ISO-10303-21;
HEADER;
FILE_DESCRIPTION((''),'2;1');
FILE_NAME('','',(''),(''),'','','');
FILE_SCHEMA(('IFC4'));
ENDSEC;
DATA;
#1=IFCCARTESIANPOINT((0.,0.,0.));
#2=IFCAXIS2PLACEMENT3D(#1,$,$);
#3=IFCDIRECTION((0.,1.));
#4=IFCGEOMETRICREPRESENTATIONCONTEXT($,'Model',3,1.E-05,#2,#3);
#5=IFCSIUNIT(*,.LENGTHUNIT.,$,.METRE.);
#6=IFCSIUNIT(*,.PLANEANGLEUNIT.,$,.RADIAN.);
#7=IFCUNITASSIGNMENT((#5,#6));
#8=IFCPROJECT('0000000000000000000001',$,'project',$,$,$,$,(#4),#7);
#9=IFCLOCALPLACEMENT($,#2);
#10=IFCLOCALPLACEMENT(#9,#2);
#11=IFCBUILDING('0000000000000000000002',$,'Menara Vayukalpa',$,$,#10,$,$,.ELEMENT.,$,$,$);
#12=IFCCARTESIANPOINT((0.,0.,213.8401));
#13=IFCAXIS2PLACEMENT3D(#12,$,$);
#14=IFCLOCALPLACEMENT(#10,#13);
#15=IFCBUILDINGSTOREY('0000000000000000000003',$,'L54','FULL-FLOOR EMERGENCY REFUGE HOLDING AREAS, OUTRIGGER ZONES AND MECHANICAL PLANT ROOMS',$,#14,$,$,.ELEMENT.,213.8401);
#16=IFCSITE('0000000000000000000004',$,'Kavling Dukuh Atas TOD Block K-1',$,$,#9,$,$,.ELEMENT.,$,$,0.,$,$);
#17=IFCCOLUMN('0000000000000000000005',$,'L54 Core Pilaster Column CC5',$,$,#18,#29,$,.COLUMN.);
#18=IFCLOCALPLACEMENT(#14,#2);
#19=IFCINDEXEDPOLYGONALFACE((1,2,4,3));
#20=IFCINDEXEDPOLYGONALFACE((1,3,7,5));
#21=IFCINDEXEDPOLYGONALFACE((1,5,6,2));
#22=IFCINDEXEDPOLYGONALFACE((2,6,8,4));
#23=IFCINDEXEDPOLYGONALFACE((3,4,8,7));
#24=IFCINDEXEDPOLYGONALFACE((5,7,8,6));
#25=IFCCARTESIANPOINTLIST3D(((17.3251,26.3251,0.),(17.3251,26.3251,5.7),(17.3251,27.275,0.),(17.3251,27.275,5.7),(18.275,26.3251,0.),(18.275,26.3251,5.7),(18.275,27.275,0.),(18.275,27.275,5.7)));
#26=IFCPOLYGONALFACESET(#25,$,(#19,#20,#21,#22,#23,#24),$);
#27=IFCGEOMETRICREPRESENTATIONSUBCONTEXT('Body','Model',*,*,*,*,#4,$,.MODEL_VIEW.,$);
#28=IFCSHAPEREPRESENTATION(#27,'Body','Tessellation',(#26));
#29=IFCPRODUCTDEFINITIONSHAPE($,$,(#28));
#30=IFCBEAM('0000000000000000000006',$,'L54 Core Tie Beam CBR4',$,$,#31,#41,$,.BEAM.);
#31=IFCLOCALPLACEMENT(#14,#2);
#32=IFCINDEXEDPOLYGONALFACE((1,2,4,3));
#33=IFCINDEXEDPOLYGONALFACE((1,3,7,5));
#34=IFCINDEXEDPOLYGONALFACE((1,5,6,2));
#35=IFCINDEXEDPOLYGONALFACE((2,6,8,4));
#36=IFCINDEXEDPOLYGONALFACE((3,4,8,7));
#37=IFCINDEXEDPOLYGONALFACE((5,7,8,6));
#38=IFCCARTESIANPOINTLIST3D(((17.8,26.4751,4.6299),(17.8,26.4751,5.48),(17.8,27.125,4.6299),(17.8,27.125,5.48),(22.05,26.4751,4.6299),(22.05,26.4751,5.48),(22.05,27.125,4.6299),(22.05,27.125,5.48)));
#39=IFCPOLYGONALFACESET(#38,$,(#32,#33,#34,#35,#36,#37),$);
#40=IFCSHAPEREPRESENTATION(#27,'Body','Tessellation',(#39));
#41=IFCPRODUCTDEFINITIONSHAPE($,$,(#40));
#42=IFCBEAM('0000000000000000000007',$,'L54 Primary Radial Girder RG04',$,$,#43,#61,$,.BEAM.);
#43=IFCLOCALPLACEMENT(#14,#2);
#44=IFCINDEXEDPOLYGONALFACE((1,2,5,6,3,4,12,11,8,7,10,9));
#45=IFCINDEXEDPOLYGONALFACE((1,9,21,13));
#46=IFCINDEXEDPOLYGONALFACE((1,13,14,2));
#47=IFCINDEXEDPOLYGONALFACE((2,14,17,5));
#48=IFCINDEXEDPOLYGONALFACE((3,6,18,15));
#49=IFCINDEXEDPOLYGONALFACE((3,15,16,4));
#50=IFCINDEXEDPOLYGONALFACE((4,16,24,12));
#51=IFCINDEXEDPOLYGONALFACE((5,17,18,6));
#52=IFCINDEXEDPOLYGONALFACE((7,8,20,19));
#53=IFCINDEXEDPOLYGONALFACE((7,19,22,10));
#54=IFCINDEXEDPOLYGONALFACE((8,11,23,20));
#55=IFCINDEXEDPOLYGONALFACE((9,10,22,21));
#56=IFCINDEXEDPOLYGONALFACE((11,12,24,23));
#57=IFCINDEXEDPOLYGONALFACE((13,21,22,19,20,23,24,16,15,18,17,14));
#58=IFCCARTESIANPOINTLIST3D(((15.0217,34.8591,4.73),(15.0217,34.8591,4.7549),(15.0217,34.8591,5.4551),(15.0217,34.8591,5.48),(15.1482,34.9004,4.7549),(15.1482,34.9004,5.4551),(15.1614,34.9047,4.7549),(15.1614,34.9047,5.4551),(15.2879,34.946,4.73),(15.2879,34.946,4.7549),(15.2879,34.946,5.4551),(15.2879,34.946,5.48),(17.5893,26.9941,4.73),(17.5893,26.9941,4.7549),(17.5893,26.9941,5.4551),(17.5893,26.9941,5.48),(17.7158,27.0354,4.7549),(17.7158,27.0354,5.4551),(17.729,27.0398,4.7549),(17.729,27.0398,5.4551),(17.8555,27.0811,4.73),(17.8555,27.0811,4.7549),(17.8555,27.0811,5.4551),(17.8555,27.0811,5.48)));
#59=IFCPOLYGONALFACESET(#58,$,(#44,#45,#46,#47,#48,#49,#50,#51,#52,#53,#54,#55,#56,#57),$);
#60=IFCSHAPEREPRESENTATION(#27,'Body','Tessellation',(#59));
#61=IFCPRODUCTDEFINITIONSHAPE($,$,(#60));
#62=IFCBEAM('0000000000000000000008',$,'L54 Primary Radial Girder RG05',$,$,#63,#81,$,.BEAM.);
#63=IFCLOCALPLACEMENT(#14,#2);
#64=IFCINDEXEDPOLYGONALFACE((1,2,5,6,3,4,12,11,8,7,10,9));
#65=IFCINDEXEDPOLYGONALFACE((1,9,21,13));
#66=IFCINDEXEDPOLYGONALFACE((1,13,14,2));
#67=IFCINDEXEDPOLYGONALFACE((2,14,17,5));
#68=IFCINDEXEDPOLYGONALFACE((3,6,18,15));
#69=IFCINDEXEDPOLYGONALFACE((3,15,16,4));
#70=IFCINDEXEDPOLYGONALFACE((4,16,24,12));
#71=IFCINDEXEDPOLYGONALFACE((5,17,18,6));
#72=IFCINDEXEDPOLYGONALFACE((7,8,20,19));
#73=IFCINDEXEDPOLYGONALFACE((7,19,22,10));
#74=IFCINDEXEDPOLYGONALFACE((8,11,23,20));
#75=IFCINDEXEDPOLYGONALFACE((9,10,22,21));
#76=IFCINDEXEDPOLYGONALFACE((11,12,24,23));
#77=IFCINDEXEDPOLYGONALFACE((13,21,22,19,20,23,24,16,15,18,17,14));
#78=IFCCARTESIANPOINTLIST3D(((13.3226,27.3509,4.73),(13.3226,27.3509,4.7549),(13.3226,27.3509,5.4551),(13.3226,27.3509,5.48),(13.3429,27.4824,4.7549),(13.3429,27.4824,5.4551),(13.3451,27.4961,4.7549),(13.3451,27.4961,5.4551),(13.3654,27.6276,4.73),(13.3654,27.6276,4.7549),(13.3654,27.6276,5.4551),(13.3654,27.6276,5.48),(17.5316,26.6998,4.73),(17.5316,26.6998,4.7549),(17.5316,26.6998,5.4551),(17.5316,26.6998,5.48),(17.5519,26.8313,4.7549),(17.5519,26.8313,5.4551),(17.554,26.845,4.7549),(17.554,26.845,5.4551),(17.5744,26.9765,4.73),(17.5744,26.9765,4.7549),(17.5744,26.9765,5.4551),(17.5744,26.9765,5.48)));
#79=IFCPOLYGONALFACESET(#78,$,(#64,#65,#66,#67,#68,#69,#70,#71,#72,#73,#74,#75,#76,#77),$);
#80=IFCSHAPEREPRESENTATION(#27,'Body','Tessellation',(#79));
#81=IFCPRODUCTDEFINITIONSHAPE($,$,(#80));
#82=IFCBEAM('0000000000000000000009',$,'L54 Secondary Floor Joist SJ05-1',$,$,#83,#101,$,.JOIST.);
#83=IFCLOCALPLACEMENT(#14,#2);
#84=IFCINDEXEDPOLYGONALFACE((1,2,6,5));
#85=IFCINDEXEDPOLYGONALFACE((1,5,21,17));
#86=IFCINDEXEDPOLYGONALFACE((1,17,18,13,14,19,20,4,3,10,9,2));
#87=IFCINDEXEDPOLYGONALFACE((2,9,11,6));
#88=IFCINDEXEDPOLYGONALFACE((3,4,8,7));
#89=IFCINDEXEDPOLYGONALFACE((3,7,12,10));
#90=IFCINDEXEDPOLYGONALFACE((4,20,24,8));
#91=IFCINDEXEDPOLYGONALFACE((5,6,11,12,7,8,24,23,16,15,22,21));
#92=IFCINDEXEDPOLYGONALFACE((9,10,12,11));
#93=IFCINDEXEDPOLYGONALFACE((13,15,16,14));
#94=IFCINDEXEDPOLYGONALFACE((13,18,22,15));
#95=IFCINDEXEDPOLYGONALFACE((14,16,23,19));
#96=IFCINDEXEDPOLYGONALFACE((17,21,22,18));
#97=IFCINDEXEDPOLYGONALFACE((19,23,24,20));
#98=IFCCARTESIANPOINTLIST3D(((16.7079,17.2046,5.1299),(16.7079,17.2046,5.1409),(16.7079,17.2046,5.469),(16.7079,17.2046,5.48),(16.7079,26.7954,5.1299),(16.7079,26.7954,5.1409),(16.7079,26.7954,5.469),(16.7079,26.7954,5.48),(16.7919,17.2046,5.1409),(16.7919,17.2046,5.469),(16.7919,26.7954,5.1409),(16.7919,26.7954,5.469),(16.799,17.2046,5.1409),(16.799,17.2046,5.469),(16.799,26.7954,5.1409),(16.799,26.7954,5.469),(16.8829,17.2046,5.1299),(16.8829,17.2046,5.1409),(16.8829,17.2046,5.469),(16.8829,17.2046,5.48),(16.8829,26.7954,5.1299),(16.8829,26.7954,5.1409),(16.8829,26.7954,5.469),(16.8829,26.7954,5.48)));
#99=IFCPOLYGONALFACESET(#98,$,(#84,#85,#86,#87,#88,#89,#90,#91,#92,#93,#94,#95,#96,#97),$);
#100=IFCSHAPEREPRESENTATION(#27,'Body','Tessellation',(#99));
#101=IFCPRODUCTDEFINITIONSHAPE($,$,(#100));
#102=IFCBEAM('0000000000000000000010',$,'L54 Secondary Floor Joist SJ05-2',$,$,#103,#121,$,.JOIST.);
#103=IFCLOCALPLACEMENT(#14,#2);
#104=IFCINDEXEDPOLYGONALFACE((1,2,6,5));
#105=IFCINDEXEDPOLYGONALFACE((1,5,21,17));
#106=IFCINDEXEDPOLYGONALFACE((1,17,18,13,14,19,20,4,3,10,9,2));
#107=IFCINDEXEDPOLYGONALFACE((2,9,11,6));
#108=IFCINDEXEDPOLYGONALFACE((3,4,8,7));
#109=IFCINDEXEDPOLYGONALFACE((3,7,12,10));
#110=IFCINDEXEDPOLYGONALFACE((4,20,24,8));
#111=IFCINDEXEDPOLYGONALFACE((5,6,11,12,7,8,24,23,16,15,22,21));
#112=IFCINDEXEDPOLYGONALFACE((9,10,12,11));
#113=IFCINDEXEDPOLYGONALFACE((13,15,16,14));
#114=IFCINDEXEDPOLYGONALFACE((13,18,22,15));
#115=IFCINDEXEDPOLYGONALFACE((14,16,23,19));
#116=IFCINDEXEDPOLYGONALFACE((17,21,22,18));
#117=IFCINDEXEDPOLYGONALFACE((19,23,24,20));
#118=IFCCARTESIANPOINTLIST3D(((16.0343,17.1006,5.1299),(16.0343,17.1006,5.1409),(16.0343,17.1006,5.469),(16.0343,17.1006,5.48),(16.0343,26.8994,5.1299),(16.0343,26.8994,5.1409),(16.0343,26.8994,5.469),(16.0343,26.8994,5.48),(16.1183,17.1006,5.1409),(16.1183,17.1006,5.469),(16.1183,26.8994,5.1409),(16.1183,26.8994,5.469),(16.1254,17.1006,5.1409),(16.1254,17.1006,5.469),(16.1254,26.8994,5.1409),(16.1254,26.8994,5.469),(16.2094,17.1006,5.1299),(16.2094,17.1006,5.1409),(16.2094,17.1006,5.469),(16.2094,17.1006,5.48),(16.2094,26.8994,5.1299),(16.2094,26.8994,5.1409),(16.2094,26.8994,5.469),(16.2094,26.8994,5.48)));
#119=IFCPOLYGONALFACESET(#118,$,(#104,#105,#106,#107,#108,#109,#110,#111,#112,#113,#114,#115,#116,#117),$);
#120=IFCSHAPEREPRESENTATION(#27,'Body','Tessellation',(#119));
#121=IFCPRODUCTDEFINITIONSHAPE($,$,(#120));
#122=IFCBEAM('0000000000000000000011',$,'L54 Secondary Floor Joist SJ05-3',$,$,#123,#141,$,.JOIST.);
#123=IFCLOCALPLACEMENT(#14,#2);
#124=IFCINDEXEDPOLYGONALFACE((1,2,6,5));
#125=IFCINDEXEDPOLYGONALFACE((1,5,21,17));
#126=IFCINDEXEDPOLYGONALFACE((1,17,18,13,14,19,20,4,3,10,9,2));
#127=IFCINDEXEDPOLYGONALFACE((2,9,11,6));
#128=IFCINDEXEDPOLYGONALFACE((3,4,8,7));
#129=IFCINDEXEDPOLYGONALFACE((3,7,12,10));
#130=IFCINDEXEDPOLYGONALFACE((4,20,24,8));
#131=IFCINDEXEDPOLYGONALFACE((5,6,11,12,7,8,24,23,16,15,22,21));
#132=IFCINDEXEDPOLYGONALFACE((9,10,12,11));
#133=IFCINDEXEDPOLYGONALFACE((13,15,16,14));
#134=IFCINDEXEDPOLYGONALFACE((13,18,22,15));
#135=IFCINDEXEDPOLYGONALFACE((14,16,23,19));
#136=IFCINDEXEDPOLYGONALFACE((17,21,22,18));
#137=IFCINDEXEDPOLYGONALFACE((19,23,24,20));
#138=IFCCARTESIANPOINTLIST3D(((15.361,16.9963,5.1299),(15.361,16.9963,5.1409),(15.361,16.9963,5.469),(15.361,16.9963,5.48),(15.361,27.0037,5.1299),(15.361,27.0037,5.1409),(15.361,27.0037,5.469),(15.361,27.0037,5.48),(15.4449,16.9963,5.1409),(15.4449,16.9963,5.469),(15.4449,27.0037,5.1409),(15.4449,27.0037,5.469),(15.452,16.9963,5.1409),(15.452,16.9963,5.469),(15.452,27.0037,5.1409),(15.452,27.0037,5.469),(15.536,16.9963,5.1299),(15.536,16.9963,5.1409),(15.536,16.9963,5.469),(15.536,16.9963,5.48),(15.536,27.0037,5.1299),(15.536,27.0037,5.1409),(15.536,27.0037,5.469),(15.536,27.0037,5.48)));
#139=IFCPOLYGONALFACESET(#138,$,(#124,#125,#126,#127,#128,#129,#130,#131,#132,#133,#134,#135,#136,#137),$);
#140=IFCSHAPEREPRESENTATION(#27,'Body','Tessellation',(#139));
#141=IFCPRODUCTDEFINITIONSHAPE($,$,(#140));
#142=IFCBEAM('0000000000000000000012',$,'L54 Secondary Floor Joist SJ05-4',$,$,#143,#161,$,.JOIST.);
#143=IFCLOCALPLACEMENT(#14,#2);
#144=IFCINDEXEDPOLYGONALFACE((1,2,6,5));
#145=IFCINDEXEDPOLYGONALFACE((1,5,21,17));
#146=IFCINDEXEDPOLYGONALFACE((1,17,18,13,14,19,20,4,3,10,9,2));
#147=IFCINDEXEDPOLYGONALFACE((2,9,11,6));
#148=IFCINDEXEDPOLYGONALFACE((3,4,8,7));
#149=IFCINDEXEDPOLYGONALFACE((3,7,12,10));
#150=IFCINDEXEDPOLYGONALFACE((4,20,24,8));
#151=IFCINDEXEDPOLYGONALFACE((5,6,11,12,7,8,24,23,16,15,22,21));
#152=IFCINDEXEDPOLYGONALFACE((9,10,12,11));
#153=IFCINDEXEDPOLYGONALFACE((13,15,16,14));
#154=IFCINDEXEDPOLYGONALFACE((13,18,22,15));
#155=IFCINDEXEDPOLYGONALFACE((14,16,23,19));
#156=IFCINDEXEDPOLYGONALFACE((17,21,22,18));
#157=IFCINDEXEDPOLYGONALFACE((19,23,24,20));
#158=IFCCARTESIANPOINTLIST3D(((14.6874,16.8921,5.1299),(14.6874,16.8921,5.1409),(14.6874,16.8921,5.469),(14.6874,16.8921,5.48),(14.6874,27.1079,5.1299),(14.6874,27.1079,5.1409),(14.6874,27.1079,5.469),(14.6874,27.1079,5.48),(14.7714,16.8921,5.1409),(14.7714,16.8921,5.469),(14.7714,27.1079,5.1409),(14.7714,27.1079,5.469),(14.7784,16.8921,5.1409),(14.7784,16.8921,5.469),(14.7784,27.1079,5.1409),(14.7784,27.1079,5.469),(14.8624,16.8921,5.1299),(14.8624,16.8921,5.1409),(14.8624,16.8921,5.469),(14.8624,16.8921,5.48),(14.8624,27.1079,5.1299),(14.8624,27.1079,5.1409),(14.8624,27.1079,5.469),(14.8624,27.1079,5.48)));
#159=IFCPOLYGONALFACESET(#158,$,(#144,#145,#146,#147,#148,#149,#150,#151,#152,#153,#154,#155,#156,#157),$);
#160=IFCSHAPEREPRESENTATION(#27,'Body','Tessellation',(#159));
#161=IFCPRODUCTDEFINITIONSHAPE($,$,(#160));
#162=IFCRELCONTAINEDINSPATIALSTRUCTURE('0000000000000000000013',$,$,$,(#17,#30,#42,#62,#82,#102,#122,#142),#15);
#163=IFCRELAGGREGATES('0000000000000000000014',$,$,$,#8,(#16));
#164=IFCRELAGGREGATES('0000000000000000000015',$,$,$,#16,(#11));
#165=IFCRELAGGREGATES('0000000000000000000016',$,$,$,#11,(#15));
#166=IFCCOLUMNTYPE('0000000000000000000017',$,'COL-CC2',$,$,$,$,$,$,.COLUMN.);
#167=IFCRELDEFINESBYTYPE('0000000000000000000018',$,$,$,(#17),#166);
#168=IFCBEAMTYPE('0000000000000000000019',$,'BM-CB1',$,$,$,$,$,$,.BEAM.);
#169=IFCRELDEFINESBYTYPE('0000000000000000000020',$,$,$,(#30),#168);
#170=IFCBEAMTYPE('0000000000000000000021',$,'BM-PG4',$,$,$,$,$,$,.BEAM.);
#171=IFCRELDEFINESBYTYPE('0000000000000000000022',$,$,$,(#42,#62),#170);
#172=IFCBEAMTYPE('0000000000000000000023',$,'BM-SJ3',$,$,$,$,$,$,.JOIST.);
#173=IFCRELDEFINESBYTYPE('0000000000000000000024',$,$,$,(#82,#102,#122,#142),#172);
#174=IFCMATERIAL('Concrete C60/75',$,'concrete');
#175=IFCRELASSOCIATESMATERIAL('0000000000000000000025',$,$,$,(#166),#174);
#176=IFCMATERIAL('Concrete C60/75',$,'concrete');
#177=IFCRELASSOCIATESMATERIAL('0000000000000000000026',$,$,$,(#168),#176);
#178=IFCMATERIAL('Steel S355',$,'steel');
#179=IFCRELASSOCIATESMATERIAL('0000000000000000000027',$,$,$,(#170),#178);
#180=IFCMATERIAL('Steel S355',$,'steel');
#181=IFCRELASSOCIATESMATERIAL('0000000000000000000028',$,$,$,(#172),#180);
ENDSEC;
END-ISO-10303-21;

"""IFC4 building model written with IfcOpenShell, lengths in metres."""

from ifc_helpers import new_model, si_unit, direction, frame, origin, origin_2d, place, context, subcontext, project, spatial, rectangle, i_section, extrude, material, material_profile, profile_set, type_object, element, save


model = new_model("IFC4")

# Units and contexts
model_context = context("Model", 3, precision=1e-05, world=origin(), true_north=direction((0.0, 1.0)))
body_context = subcontext(model_context, "Body", "Model", "MODEL_VIEW")
ifc_project = project(units=[si_unit("LENGTHUNIT", "METRE"), si_unit("PLANEANGLEUNIT", "RADIAN")], contexts=[model_context])

# Site, building, storey
site_placement = place(None, origin())
site = spatial("IfcSite", under=ifc_project, at=site_placement, Name="Kavling Dukuh Atas TOD Block K-1", CompositionType="ELEMENT", RefElevation=0.0)
building_placement = place(site_placement, origin())
building = spatial("IfcBuilding", under=site, at=building_placement, Name="Menara Vayukalpa", CompositionType="ELEMENT")
storey_placement = place(building_placement, frame((0.0, 0.0, 213.8401)))
storey = spatial("IfcBuildingStorey", under=building, at=storey_placement, Name="L54", Description="FULL-FLOOR EMERGENCY REFUGE HOLDING AREAS, OUTRIGGER ZONES AND MECHANICAL PLANT ROOMS", CompositionType="ELEMENT", Elevation=213.8401)

# Column
ifc_material_1 = material(Name="Concrete C60/75", Category="concrete")
ifc_material_profile_1 = material_profile(ifc_material_1, rectangle(XDim=0.95, YDim=0.95, at=origin_2d()), Name="RC 950x950")
ifc_profile_set_1 = profile_set([ifc_material_profile_1], Name="Concrete C60/75")
column_type = type_object("IfcColumnType", Name="COL-CC2", PredefinedType="COLUMN", material=ifc_profile_set_1)
column_placement = place(storey_placement, frame((17.8, 26.8, 0.0), z_axis=(0.0, 0.0, 1.0), x_axis=(1.0, 0.0, 0.0)))
element("IfcColumn", 1, at=column_placement, inside=storey, type_object=column_type, Name="L54 Core Pilaster Column CC5", PredefinedType="COLUMN", context=body_context, shape_type="SweptSolid", body=[
    extrude(rectangle(XDim=0.95, YDim=0.95, at=origin_2d()), origin(), (0.0, 0.0, 1.0), 5.7),
])

# Beams
ifc_material_2 = material(Name="Concrete C60/75", Category="concrete")
ifc_material_profile_2 = material_profile(ifc_material_2, rectangle(XDim=0.6499, YDim=0.8501, at=origin_2d()), Name="RC 650x850")
ifc_profile_set_2 = profile_set([ifc_material_profile_2], Name="Concrete C60/75")
beam_type_1 = type_object("IfcBeamType", Name="BM-CB1", PredefinedType="BEAM", material=ifc_profile_set_2)
beam_1_placement = place(storey_placement, frame((17.8, 26.8, 5.0549), z_axis=(1.0, 0.0, 0.0), x_axis=(0.0, 1.0, 0.0)))
element("IfcBeam", 2, at=beam_1_placement, inside=storey, type_object=beam_type_1, Name="L54 Core Tie Beam CBR4", PredefinedType="BEAM", context=body_context, shape_type="SweptSolid", body=[
    extrude(rectangle(XDim=0.6499, YDim=0.8501, at=origin_2d()), origin(), (0.0, 0.0, 1.0), 4.25),
])
ifc_material_3 = material(Name="Steel S355", Category="steel")
ifc_material_profile_3 = material_profile(ifc_material_3, i_section(OverallWidth=0.28, OverallDepth=0.75, WebThickness=0.0139, FlangeThickness=0.0249, at=origin_2d()), Name="WF 750x280x14x25")
ifc_profile_set_3 = profile_set([ifc_material_profile_3], Name="Steel S355")
beam_type_2 = type_object("IfcBeamType", Name="BM-PG4", PredefinedType="BEAM", material=ifc_profile_set_3)
beam_2_placement = place(storey_placement, frame((17.7224, 27.0376, 5.105), z_axis=(-0.310344, 0.950624, 0.0), x_axis=(-0.950624, -0.310344, 0.0)))
element("IfcBeam", 3, at=beam_2_placement, inside=storey, type_object=beam_type_2, Name="L54 Primary Radial Girder RG04", PredefinedType="BEAM", context=body_context, shape_type="SweptSolid", body=[
    extrude(i_section(OverallWidth=0.28, OverallDepth=0.75, WebThickness=0.0139, FlangeThickness=0.0249, at=origin_2d()), origin(), (0.0, 0.0, 1.0), 8.2734),
])
beam_3_placement = place(storey_placement, frame((17.553, 26.8381, 5.105), z_axis=(-0.988245, 0.15288, 0.0), x_axis=(-0.15288, -0.988245, 0.0)))
element("IfcBeam", 4, at=beam_3_placement, inside=storey, type_object=beam_type_2, Name="L54 Primary Radial Girder RG05", PredefinedType="BEAM", context=body_context, shape_type="SweptSolid", body=[
    extrude(i_section(OverallWidth=0.28, OverallDepth=0.75, WebThickness=0.0139, FlangeThickness=0.0249, at=origin_2d()), origin(), (0.0, 0.0, 1.0), 4.259),
])
ifc_material_4 = material(Name="Steel S355", Category="steel")
ifc_material_profile_4 = material_profile(ifc_material_4, i_section(OverallWidth=0.175, OverallDepth=0.3501, WebThickness=0.0071, FlangeThickness=0.011, at=origin_2d()), Name="WF 350x175x7x11")
ifc_profile_set_4 = profile_set([ifc_material_profile_4], Name="Steel S355")
beam_type_3 = type_object("IfcBeamType", Name="BM-SJ3", PredefinedType="JOIST", material=ifc_profile_set_4)
beam_4_placement = place(storey_placement, frame((16.7954, 26.7954, 5.3049), z_axis=(0.0, -1.0, 0.0), x_axis=(1.0, 0.0, 0.0)))
element("IfcBeam", 5, at=beam_4_placement, inside=storey, type_object=beam_type_3, Name="L54 Secondary Floor Joist SJ05-1", PredefinedType="JOIST", context=body_context, shape_type="SweptSolid", body=[
    extrude(i_section(OverallWidth=0.175, OverallDepth=0.3501, WebThickness=0.0071, FlangeThickness=0.011, at=origin_2d()), origin(), (0.0, 0.0, 1.0), 9.5908),
])
beam_5_placement = place(storey_placement, frame((16.1218, 26.8994, 5.3049), z_axis=(0.0, -1.0, 0.0), x_axis=(1.0, 0.0, 0.0)))
element("IfcBeam", 6, at=beam_5_placement, inside=storey, type_object=beam_type_3, Name="L54 Secondary Floor Joist SJ05-2", PredefinedType="JOIST", context=body_context, shape_type="SweptSolid", body=[
    extrude(i_section(OverallWidth=0.175, OverallDepth=0.3501, WebThickness=0.0071, FlangeThickness=0.011, at=origin_2d()), origin(), (0.0, 0.0, 1.0), 9.7988),
])
beam_6_placement = place(storey_placement, frame((15.4485, 27.0037, 5.3049), z_axis=(0.0, -1.0, 0.0), x_axis=(1.0, 0.0, 0.0)))
element("IfcBeam", 7, at=beam_6_placement, inside=storey, type_object=beam_type_3, Name="L54 Secondary Floor Joist SJ05-3", PredefinedType="JOIST", context=body_context, shape_type="SweptSolid", body=[
    extrude(i_section(OverallWidth=0.175, OverallDepth=0.3501, WebThickness=0.0071, FlangeThickness=0.011, at=origin_2d()), origin(), (0.0, 0.0, 1.0), 10.0073),
])
beam_7_placement = place(storey_placement, frame((14.7749, 27.1079, 5.3049), z_axis=(0.0, -1.0, 0.0), x_axis=(1.0, 0.0, 0.0)))
element("IfcBeam", 8, at=beam_7_placement, inside=storey, type_object=beam_type_3, Name="L54 Secondary Floor Joist SJ05-4", PredefinedType="JOIST", context=body_context, shape_type="SweptSolid", body=[
    extrude(i_section(OverallWidth=0.175, OverallDepth=0.3501, WebThickness=0.0071, FlangeThickness=0.011, at=origin_2d()), origin(), (0.0, 0.0, 1.0), 10.2158),
])

save(model, "model.ifc")
